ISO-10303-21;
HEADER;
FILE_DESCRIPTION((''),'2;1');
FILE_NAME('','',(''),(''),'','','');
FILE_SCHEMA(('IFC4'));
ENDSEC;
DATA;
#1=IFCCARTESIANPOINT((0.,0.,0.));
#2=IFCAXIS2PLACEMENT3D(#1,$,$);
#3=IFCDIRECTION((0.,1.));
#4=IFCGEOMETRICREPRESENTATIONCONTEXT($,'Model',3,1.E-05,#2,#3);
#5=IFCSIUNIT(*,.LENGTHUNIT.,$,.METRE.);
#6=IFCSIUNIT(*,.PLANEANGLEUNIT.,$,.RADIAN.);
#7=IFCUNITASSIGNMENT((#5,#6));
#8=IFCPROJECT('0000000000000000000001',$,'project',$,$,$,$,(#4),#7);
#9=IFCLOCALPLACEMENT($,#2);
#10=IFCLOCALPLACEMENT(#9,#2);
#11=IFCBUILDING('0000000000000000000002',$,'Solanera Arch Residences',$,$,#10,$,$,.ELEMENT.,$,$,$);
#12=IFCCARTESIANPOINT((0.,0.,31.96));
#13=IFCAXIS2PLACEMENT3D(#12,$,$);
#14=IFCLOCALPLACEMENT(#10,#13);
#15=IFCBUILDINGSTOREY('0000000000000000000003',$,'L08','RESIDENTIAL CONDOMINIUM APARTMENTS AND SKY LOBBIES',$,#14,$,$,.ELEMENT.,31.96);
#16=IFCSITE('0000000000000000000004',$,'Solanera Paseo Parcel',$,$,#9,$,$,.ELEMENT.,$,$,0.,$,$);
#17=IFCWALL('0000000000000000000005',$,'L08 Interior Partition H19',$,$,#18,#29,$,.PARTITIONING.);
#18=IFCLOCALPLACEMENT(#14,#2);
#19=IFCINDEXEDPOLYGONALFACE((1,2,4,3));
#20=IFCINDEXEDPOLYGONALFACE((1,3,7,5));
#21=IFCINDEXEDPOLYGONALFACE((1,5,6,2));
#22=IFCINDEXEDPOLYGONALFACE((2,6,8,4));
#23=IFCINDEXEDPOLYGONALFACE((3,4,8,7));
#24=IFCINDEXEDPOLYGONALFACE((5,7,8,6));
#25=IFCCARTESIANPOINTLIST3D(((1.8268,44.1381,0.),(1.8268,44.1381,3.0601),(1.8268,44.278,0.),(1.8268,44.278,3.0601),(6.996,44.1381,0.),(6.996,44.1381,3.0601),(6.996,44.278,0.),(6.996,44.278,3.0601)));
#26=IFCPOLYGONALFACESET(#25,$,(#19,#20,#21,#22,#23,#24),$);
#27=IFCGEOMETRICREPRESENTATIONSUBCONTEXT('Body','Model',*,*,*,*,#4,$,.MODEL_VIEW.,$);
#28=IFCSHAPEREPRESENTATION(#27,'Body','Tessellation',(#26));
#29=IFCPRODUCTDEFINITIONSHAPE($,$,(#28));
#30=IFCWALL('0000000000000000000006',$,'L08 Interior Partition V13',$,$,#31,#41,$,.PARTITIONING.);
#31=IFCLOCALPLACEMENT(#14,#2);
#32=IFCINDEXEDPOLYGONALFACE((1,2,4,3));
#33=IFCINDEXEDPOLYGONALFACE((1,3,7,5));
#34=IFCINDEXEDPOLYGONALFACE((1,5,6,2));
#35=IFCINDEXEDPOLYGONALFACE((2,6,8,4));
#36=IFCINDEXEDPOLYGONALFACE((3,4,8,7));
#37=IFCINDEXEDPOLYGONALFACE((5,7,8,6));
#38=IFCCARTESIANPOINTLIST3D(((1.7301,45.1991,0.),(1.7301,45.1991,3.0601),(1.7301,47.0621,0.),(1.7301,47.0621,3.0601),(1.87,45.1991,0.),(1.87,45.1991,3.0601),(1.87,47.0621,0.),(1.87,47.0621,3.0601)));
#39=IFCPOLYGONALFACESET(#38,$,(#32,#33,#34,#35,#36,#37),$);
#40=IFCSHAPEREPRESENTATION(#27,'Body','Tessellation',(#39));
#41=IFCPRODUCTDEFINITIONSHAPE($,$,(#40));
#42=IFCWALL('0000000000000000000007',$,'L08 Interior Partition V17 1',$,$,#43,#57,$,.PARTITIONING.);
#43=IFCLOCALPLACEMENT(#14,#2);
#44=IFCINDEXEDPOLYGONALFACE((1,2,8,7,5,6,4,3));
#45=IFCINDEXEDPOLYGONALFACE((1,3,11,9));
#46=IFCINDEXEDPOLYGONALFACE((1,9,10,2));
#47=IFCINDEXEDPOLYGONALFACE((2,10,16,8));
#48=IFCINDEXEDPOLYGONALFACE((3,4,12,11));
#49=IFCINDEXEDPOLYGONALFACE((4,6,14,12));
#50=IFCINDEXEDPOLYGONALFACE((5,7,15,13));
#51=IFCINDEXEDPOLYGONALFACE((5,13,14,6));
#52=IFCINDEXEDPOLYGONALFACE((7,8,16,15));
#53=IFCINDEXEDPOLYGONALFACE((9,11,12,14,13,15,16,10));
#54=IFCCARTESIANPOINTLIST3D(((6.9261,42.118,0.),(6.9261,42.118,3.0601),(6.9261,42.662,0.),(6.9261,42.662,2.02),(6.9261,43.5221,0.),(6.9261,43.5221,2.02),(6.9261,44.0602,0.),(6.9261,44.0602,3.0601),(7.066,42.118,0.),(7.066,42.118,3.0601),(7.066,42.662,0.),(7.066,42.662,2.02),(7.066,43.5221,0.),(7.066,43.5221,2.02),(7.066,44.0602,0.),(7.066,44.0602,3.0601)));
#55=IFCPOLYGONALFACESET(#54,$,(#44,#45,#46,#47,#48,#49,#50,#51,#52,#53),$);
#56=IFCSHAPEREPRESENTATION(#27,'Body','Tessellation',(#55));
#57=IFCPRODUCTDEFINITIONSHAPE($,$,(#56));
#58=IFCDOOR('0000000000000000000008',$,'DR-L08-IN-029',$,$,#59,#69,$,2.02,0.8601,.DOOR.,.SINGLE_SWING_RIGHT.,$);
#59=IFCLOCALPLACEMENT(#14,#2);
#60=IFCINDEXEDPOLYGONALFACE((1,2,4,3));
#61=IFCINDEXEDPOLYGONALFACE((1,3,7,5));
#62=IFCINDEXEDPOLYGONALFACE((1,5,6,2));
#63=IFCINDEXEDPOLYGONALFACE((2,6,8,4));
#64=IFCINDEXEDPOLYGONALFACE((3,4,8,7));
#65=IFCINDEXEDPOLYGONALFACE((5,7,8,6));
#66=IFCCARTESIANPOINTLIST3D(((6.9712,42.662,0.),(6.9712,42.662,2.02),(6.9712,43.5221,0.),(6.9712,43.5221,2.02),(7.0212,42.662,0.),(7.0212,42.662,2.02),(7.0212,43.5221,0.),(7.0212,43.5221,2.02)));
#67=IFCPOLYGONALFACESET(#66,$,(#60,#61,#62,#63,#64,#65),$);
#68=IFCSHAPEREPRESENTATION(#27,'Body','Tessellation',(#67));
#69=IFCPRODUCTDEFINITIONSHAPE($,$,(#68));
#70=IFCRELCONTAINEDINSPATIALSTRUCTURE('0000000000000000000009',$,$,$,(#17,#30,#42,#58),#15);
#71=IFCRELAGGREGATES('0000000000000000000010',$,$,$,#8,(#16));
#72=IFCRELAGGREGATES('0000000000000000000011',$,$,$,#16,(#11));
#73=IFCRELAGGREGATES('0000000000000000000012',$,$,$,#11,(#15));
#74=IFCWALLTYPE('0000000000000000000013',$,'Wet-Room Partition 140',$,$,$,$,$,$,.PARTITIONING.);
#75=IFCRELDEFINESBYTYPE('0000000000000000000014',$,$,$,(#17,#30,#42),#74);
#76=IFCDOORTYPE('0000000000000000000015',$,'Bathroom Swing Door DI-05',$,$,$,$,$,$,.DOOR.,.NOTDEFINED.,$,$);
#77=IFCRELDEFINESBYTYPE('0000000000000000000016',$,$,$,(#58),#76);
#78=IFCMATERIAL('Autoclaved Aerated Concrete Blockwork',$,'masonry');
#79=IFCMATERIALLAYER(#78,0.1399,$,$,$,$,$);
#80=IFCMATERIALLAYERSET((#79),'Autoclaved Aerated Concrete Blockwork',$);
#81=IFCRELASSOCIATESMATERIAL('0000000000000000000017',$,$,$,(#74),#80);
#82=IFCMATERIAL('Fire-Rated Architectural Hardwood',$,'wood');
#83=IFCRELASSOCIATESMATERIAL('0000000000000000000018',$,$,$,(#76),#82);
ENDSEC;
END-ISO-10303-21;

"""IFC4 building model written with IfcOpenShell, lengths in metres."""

from ifc_helpers import new_model, si_unit, direction, frame, frame_2d, origin, place, context, subcontext, project, spatial, rectangle, extrude, material, layer, layer_set, type_object, element, fill, save


model = new_model("IFC4")

# Units and contexts
model_context = context("Model", 3, precision=1e-05, world=origin(), true_north=direction((0.0, 1.0)))
body_context = subcontext(model_context, "Body", "Model", "MODEL_VIEW")
ifc_project = project(units=[si_unit("LENGTHUNIT", "METRE"), si_unit("PLANEANGLEUNIT", "RADIAN")], contexts=[model_context])

# Site, building, storey
site_placement = place(None, origin())
site = spatial("IfcSite", under=ifc_project, at=site_placement, Name="Solanera Paseo Parcel", CompositionType="ELEMENT", RefElevation=0.0)
building_placement = place(site_placement, origin())
building = spatial("IfcBuilding", under=site, at=building_placement, Name="Solanera Arch Residences", CompositionType="ELEMENT")
storey_placement = place(building_placement, frame((0.0, 0.0, 31.96)))
storey = spatial("IfcBuildingStorey", under=building, at=storey_placement, Name="L08", Description="RESIDENTIAL CONDOMINIUM APARTMENTS AND SKY LOBBIES", CompositionType="ELEMENT", Elevation=31.96)

# Walls
ifc_material_1 = material(Name="Autoclaved Aerated Concrete Blockwork", Category="masonry")
ifc_layer_1 = layer(ifc_material_1, 0.1399)
ifc_layer_set_1 = layer_set([ifc_layer_1], Name="Autoclaved Aerated Concrete Blockwork")
wall_type_1 = type_object("IfcWallType", Name="Wet-Room Partition 140", PredefinedType="PARTITIONING", material=ifc_layer_set_1)
wall_1_placement = place(storey_placement, frame((1.8269, 44.208, 0.0), z_axis=(0.0, 0.0, 1.0), x_axis=(1.0, 0.0, 0.0)))
element("IfcWall", 1, at=wall_1_placement, inside=storey, type_object=wall_type_1, Name="L08 Interior Partition H19", PredefinedType="PARTITIONING", context=body_context, shape_type="SweptSolid", body=[
    extrude(rectangle(XDim=5.1692, YDim=0.1399, at=frame_2d((2.5845, 0.0))), origin(), (0.0, 0.0, 1.0), 3.0601),
])
wall_2_placement = place(storey_placement, frame((1.8, 45.199, 0.0), z_axis=(0.0, 0.0, 1.0), x_axis=(0.0, 1.0, 0.0)))
element("IfcWall", 2, at=wall_2_placement, inside=storey, type_object=wall_type_1, Name="L08 Interior Partition V13", PredefinedType="PARTITIONING", context=body_context, shape_type="SweptSolid", body=[
    extrude(rectangle(XDim=1.863, YDim=0.1399, at=frame_2d((0.9316, 0.0))), origin(), (0.0, 0.0, 1.0), 3.0601),
])

# Wall, opening, door
wall_3_placement = place(storey_placement, frame((6.9961, 42.1179, 0.0), z_axis=(0.0, 0.0, 1.0), x_axis=(0.0, 1.0, 0.0)))
wall_3 = element("IfcWall", 3, at=wall_3_placement, inside=storey, type_object=wall_type_1, Name="L08 Interior Partition V17 1", PredefinedType="PARTITIONING", context=body_context, shape_type="SweptSolid", body=[
    extrude(rectangle(XDim=1.9421, YDim=0.1399, at=frame_2d((0.9712, 0.0))), origin(), (0.0, 0.0, 1.0), 3.0601),
])
opening_1_placement = place(wall_3_placement, frame((0.5439, 0.0, 0.0)))
opening_1 = element("IfcOpeningElement", 4, at=opening_1_placement, cuts=wall_3, PredefinedType="OPENING", context=body_context, shape_type="SweptSolid", body=[
    extrude(rectangle(XDim=0.8601, YDim=2.02, at=frame_2d((0.4302, 1.01))), frame((0.0, 0.0798, 0.0), z_axis=(0.0, -1.0, 0.0), x_axis=(1.0, 0.0, 0.0)), (0.0, 0.0, 1.0), 0.1599),
])
ifc_material_2 = material(Name="Fire-Rated Architectural Hardwood", Category="wood")
door_type_1 = type_object("IfcDoorType", Name="Bathroom Swing Door DI-05", OperationType="NOTDEFINED", PredefinedType="DOOR", material=ifc_material_2)
door_1_placement = place(opening_1_placement, origin())
door_1 = element("IfcDoor", 5, at=door_1_placement, inside=storey, type_object=door_type_1, Name="DR-L08-IN-029", OperationType="SINGLE_SWING_RIGHT", OverallHeight=2.02, OverallWidth=0.8601, PredefinedType="DOOR", context=body_context, shape_type="SweptSolid", body=[
    extrude(rectangle(XDim=0.8601, YDim=2.02, at=frame_2d((0.4302, 1.01))), frame((0.0, 0.0249, 0.0), z_axis=(0.0, -1.0, 0.0), x_axis=(1.0, 0.0, 0.0)), (0.0, 0.0, 1.0), 0.05),
])
fill(opening_1, door_1)

save(model, "model.ifc")
